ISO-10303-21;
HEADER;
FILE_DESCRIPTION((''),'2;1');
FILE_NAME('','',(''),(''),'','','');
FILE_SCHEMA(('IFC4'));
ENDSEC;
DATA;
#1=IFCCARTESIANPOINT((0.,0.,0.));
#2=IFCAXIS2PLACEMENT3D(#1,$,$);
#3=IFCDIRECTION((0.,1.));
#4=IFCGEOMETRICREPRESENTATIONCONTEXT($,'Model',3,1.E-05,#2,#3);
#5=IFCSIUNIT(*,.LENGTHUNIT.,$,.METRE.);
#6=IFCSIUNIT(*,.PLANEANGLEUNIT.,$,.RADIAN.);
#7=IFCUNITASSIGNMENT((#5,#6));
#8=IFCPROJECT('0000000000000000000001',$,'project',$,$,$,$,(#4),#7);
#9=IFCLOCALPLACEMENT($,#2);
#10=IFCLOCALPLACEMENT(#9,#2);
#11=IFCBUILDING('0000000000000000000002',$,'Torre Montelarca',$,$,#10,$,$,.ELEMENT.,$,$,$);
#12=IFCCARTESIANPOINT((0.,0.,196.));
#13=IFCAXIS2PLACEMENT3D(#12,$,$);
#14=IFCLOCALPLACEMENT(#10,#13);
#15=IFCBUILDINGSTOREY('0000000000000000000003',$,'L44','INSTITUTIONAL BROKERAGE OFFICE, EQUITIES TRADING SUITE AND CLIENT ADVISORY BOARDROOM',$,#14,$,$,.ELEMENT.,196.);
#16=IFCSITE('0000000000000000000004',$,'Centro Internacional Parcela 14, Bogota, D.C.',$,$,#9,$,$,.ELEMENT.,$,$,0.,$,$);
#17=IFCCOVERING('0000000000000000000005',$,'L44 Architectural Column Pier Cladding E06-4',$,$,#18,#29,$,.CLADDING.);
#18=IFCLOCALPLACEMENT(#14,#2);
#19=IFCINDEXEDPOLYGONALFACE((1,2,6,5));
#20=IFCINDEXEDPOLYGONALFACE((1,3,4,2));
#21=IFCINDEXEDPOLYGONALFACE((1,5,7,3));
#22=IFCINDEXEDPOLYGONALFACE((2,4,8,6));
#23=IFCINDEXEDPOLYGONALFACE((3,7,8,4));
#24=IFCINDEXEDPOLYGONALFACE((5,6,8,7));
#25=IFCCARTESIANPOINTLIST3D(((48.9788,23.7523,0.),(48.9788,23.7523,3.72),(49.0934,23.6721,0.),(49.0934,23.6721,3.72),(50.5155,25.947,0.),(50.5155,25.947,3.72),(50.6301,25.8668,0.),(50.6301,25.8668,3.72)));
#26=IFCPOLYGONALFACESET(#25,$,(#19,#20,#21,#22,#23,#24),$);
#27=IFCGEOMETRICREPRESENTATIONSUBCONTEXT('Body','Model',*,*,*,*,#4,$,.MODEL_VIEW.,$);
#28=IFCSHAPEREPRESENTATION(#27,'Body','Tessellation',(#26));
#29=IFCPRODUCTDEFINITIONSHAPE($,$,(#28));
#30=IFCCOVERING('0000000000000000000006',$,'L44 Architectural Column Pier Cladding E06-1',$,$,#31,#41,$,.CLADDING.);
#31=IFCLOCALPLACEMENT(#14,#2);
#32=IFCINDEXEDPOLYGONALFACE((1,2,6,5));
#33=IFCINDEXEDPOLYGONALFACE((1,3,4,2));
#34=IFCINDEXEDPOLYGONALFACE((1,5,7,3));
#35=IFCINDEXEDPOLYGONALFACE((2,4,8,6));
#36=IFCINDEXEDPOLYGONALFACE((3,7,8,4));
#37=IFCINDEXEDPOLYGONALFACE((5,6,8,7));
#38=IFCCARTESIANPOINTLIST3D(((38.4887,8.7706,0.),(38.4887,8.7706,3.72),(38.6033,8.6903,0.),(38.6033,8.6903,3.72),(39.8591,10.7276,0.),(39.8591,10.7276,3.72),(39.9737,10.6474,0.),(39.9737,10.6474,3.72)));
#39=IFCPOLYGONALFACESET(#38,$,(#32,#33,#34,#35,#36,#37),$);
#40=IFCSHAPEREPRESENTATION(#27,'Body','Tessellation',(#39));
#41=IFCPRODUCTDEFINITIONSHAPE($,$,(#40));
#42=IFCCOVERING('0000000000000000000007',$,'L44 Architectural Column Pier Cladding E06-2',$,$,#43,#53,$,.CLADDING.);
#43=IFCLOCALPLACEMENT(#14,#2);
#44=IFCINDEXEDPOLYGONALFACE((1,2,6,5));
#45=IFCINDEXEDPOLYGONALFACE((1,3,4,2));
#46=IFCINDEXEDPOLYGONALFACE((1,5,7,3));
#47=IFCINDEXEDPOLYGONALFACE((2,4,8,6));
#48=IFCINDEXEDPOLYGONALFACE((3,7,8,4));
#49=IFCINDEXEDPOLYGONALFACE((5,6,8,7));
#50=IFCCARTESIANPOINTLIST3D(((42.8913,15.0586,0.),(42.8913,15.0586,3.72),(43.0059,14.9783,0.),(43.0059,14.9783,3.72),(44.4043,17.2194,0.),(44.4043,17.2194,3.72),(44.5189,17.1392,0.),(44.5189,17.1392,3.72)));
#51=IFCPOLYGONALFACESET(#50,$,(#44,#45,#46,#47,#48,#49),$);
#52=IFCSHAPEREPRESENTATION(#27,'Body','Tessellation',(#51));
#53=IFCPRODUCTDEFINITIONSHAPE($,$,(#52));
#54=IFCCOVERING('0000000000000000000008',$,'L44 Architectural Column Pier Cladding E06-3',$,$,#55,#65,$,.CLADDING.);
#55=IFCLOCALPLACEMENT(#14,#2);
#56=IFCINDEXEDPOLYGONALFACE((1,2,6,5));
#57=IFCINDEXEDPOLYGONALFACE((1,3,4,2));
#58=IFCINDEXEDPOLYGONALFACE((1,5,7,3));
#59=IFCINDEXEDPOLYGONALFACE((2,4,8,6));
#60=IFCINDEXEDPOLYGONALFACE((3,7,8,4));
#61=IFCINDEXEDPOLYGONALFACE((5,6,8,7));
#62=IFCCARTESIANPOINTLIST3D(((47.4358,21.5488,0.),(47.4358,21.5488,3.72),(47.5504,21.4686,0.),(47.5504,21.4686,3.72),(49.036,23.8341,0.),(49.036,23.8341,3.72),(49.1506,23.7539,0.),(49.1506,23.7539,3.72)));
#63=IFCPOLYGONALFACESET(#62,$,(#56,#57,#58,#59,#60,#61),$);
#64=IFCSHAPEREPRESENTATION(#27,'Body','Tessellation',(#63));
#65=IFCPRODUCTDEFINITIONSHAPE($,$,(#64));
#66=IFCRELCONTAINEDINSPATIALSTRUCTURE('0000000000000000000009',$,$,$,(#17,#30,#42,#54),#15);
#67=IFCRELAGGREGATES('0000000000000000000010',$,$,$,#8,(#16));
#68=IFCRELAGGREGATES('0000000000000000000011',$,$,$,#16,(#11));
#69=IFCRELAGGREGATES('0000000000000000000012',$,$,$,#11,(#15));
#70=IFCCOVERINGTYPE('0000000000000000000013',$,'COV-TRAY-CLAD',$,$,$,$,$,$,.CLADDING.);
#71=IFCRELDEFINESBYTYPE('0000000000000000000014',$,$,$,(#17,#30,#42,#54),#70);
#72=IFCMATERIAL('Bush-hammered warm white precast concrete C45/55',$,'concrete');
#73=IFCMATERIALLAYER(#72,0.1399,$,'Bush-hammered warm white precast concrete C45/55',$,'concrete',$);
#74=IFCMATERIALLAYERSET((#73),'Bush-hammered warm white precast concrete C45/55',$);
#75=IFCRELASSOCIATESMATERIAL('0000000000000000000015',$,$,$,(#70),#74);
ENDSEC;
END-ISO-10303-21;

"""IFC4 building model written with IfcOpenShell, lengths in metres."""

from ifc_helpers import new_model, si_unit, direction, frame, origin, origin_2d, place, context, subcontext, project, spatial, rectangle, extrude, source, transform, mapped, material, layer, layer_set, type_object, element, save


model = new_model("IFC4")

# Units and contexts
model_context = context("Model", 3, precision=1e-05, world=origin(), true_north=direction((0.0, 1.0)))
body_context = subcontext(model_context, "Body", "Model", "MODEL_VIEW")
ifc_project = project(units=[si_unit("LENGTHUNIT", "METRE"), si_unit("PLANEANGLEUNIT", "RADIAN")], contexts=[model_context])

# Site, building, storey
site_placement = place(None, origin())
site = spatial("IfcSite", under=ifc_project, at=site_placement, Name="Centro Internacional Parcela 14, Bogota, D.C.", CompositionType="ELEMENT", RefElevation=0.0)
building_placement = place(site_placement, origin())
building = spatial("IfcBuilding", under=site, at=building_placement, Name="Torre Montelarca", CompositionType="ELEMENT")
storey_placement = place(building_placement, frame((0.0, 0.0, 196.0)))
storey = spatial("IfcBuildingStorey", under=building, at=storey_placement, Name="L44", Description="INSTITUTIONAL BROKERAGE OFFICE, EQUITIES TRADING SUITE AND CLIENT ADVISORY BOARDROOM", CompositionType="ELEMENT", Elevation=196.0)

# Coverings
ifc_material_1 = material(Name="Bush-hammered warm white precast concrete C45/55", Category="concrete")
ifc_layer_1 = layer(ifc_material_1, 0.1399, Name="Bush-hammered warm white precast concrete C45/55", Category="concrete")
ifc_layer_set_1 = layer_set([ifc_layer_1], Name="Bush-hammered warm white precast concrete C45/55")
covering_type = type_object("IfcCoveringType", Name="COV-TRAY-CLAD", PredefinedType="CLADDING", material=ifc_layer_set_1)
shared_shape_1 = source(origin(), body_context, "Body", "SweptSolid", [
    extrude(rectangle(XDim=2.6792, YDim=0.1399, at=origin_2d()), origin(), (0.0, 0.0, 1.0), 3.72),
])
covering_1_placement = place(storey_placement, frame((49.8044, 24.8096, 0.0), z_axis=(0.0, 0.0, 1.0), x_axis=(0.573572, 0.819155, 0.0)))
element("IfcCovering", 1, at=covering_1_placement, inside=storey, type_object=covering_type, Name="L44 Architectural Column Pier Cladding E06-4", PredefinedType="CLADDING", context=body_context, shape_type="MappedRepresentation", body=[
    mapped(shared_shape_1, transform((0.0, 0.0, 0.0), scale=1.0)),
])
shared_shape_2 = source(origin(), body_context, "Body", "SweptSolid", [
    extrude(rectangle(XDim=2.3892, YDim=0.1399, at=origin_2d()), origin(), (0.0, 0.0, 1.0), 3.72),
])
covering_2_placement = place(storey_placement, frame((39.2312, 9.709, 0.0), z_axis=(0.0, 0.0, 1.0), x_axis=(0.573572, 0.819155, 0.0)))
element("IfcCovering", 2, at=covering_2_placement, inside=storey, type_object=covering_type, Name="L44 Architectural Column Pier Cladding E06-1", PredefinedType="CLADDING", context=body_context, shape_type="MappedRepresentation", body=[
    mapped(shared_shape_2, transform((0.0, 0.0, 0.0), scale=1.0)),
])
shared_shape_3 = source(origin(), body_context, "Body", "SweptSolid", [
    extrude(rectangle(XDim=2.6379, YDim=0.1399, at=origin_2d()), origin(), (0.0, 0.0, 1.0), 3.72),
])
covering_3_placement = place(storey_placement, frame((43.7051, 16.0989, 0.0), z_axis=(0.0, 0.0, 1.0), x_axis=(0.573572, 0.819155, 0.0)))
element("IfcCovering", 3, at=covering_3_placement, inside=storey, type_object=covering_type, Name="L44 Architectural Column Pier Cladding E06-2", PredefinedType="CLADDING", context=body_context, shape_type="MappedRepresentation", body=[
    mapped(shared_shape_3, transform((0.0, 0.0, 0.0), scale=1.0)),
])
shared_shape_4 = source(origin(), body_context, "Body", "SweptSolid", [
    extrude(rectangle(XDim=2.7898, YDim=0.1399, at=origin_2d()), origin(), (0.0, 0.0, 1.0), 3.72),
])
covering_4_placement = place(storey_placement, frame((48.2932, 22.6514, 0.0), z_axis=(0.0, 0.0, 1.0), x_axis=(0.573572, 0.819155, 0.0)))
element("IfcCovering", 4, at=covering_4_placement, inside=storey, type_object=covering_type, Name="L44 Architectural Column Pier Cladding E06-3", PredefinedType="CLADDING", context=body_context, shape_type="MappedRepresentation", body=[
    mapped(shared_shape_4, transform((0.0, 0.0, 0.0), scale=1.0)),
])

save(model, "model.ifc")
